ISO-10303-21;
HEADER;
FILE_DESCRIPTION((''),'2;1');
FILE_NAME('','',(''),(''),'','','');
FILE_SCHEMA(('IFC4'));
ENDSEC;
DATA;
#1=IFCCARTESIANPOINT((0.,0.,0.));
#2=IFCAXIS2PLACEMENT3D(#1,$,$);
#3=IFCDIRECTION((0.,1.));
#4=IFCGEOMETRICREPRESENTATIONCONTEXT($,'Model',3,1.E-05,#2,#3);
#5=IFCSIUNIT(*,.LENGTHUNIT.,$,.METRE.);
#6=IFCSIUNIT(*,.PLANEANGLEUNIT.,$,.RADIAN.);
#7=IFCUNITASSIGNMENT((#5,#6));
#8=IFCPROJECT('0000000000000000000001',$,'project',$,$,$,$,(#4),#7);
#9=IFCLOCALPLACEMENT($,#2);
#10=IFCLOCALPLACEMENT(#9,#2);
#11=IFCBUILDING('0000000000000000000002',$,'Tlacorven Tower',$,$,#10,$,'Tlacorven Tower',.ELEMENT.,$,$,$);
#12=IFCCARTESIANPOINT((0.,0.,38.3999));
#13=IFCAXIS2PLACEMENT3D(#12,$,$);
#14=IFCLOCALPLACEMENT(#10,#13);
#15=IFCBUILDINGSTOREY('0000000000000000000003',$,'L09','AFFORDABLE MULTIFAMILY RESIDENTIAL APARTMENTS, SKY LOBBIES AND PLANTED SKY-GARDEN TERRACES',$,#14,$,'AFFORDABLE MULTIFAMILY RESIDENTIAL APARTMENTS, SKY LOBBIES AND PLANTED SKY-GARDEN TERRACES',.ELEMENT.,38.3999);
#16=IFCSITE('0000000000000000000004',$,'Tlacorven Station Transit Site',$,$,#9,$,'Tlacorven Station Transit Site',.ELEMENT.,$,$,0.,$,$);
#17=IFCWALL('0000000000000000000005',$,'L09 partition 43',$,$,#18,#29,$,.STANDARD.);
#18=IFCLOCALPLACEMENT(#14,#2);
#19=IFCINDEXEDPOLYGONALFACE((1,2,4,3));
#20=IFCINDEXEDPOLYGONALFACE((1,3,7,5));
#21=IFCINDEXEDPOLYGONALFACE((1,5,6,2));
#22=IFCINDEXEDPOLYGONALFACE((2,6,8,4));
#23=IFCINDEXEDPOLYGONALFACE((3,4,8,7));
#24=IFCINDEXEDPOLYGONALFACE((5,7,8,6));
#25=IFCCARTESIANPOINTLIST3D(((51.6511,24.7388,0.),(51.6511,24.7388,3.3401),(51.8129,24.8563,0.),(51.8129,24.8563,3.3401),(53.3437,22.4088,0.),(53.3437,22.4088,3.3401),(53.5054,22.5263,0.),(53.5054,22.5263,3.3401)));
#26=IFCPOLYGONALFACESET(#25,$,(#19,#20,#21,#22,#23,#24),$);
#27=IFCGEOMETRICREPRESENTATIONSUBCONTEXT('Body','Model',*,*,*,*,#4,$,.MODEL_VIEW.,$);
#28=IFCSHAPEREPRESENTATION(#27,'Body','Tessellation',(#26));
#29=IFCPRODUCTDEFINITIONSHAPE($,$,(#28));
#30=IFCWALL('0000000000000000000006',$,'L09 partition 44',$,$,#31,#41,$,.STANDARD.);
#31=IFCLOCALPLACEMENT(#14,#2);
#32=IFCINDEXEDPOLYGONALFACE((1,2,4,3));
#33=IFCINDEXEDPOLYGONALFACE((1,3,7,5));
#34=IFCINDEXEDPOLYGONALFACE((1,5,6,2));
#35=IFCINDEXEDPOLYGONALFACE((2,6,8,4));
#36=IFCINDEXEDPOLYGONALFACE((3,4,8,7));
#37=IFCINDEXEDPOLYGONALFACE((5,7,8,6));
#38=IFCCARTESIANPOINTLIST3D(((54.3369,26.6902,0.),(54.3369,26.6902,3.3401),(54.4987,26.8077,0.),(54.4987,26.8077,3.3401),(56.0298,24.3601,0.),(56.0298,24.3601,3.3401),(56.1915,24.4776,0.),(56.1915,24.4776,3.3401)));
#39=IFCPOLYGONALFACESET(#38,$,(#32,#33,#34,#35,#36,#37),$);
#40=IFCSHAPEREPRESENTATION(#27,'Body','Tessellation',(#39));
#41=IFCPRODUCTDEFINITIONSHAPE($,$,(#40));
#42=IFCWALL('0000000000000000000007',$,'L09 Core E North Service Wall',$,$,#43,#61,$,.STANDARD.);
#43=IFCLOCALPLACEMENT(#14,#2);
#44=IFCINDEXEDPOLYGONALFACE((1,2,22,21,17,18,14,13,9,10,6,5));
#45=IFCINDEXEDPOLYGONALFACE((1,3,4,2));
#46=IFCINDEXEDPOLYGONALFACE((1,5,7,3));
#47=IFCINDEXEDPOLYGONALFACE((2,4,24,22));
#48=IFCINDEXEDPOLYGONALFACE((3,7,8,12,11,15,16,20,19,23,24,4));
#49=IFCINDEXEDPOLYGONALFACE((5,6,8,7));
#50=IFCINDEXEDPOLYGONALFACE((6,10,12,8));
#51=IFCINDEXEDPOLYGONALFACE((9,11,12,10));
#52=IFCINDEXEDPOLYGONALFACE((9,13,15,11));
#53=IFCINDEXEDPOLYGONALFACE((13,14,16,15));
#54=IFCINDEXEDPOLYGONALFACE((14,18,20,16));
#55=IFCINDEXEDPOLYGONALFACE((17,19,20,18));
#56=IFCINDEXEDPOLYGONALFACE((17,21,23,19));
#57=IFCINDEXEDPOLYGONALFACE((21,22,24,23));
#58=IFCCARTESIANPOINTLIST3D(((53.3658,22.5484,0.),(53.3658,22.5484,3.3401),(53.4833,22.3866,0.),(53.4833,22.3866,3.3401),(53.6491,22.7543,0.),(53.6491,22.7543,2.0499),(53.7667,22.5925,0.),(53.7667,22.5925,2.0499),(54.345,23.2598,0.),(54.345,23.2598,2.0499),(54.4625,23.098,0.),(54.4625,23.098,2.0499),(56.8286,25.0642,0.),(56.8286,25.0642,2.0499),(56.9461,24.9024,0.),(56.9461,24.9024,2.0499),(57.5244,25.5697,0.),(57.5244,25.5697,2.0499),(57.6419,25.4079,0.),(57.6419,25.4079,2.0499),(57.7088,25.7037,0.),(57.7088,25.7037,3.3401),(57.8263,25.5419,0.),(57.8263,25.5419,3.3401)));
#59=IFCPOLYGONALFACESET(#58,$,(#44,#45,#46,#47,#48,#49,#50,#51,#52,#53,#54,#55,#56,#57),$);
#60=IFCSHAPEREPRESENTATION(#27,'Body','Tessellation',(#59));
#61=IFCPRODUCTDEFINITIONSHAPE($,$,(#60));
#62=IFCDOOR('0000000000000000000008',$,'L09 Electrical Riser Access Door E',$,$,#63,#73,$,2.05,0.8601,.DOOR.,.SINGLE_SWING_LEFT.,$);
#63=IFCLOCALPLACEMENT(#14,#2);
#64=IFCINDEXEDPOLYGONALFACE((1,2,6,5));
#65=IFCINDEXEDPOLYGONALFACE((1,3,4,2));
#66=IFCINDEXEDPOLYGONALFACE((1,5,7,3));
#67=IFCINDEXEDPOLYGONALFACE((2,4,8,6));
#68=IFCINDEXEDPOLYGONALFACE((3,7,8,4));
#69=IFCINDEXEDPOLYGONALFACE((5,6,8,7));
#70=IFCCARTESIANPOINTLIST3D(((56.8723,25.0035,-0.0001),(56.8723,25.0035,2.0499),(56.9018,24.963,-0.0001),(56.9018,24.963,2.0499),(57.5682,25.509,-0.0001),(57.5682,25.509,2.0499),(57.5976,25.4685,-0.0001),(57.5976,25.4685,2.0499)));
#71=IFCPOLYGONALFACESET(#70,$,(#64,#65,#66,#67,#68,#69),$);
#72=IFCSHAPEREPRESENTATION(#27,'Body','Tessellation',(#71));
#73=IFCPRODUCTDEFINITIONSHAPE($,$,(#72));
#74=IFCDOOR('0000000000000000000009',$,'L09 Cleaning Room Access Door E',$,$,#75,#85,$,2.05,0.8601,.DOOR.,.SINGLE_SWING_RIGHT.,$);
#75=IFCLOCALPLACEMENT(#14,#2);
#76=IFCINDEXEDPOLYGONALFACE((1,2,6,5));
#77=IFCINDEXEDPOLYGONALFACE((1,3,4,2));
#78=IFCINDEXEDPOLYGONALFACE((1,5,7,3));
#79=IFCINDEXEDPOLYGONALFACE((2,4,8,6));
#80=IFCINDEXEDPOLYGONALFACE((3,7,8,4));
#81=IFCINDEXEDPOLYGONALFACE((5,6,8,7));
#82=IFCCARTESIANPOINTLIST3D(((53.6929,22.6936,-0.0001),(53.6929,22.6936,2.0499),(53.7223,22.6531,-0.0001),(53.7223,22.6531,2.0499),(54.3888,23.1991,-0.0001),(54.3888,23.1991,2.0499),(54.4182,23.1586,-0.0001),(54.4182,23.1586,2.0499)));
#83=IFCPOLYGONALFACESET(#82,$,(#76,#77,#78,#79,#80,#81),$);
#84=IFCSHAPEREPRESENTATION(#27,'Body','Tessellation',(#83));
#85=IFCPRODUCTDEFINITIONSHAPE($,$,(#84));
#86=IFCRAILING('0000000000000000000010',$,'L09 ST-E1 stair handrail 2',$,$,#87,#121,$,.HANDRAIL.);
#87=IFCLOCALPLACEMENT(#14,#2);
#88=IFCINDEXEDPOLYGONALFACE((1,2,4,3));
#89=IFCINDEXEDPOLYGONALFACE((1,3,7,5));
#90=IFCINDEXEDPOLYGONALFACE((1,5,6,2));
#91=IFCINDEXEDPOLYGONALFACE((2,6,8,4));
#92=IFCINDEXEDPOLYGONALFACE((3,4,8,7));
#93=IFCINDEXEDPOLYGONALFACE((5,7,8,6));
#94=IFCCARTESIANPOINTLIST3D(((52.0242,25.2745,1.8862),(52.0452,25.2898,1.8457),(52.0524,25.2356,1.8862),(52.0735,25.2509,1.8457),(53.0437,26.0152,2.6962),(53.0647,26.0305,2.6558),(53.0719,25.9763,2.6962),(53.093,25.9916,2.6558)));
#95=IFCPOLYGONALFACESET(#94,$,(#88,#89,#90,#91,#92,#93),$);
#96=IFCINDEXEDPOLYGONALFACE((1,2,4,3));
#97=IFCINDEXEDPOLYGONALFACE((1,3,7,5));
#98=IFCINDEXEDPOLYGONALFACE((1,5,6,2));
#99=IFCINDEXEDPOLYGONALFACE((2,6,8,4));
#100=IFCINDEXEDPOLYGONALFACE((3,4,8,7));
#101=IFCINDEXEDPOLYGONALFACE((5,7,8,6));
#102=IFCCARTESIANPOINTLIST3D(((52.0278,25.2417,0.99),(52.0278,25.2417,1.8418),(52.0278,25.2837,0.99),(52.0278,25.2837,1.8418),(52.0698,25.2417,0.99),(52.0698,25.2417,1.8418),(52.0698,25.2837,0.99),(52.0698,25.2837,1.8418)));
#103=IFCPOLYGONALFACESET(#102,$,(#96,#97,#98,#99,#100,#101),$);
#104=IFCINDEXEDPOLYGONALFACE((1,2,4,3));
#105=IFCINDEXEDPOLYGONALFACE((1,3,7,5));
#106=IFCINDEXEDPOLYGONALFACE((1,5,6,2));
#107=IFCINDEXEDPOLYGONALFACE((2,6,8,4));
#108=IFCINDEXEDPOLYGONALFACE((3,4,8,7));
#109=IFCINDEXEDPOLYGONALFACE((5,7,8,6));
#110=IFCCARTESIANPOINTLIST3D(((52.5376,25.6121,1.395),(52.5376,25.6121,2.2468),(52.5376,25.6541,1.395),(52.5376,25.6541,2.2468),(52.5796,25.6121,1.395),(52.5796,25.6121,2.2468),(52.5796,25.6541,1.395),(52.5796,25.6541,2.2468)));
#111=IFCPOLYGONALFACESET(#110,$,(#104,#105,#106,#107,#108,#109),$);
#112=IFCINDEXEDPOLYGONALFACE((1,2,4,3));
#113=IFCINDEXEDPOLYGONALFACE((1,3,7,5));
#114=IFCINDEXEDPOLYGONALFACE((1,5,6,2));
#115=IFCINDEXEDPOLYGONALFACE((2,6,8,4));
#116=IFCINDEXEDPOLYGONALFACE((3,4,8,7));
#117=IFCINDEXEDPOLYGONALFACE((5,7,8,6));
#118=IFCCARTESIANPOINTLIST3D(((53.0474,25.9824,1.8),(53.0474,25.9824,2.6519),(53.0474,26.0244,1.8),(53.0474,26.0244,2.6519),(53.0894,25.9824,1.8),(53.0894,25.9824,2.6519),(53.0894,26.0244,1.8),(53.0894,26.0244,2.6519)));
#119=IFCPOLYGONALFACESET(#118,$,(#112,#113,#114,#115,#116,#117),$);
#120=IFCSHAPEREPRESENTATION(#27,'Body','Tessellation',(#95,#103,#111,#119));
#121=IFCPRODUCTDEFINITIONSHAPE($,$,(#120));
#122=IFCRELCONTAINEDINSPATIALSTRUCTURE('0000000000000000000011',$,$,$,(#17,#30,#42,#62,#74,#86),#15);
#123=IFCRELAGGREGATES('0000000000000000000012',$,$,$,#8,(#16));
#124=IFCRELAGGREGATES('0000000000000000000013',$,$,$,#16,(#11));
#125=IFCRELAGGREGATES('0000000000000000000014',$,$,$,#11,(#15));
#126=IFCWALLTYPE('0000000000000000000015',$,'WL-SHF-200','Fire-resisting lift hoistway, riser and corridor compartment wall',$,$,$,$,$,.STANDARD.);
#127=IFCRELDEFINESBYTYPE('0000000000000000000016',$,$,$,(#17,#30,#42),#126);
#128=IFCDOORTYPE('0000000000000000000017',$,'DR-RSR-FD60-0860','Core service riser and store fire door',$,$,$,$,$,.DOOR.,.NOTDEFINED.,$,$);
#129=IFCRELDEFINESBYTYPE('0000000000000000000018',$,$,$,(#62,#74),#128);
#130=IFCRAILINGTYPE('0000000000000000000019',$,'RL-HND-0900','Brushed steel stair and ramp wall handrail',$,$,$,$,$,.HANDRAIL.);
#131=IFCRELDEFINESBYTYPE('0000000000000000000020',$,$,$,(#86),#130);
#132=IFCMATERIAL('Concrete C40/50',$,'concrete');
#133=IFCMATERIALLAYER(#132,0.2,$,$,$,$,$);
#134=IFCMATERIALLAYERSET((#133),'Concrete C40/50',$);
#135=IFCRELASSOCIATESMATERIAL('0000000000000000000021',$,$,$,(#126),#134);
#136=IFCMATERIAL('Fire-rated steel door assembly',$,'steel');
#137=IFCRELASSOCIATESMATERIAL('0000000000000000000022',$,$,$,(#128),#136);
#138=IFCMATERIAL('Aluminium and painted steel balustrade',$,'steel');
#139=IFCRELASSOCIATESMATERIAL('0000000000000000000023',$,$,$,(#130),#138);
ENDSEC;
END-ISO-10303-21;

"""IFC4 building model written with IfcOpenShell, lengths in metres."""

from ifc_helpers import new_model, si_unit, direction, frame, frame_2d, origin, origin_2d, place, context, subcontext, project, spatial, rectangle, extrude, source, transform, mapped, material, layer, layer_set, type_object, element, fill, save


model = new_model("IFC4")

# Units and contexts
model_context = context("Model", 3, precision=1e-05, world=origin(), true_north=direction((0.0, 1.0)))
body_context = subcontext(model_context, "Body", "Model", "MODEL_VIEW")
ifc_project = project(units=[si_unit("LENGTHUNIT", "METRE"), si_unit("PLANEANGLEUNIT", "RADIAN")], contexts=[model_context])

# Site, building, storey
site_placement = place(None, origin())
site = spatial("IfcSite", under=ifc_project, at=site_placement, Name="Tlacorven Station Transit Site", LongName="Tlacorven Station Transit Site", CompositionType="ELEMENT", RefElevation=0.0)
building_placement = place(site_placement, origin())
building = spatial("IfcBuilding", under=site, at=building_placement, Name="Tlacorven Tower", LongName="Tlacorven Tower", CompositionType="ELEMENT")
storey_placement = place(building_placement, frame((0.0, 0.0, 38.3999)))
storey = spatial("IfcBuildingStorey", under=building, at=storey_placement, Name="L09", Description="AFFORDABLE MULTIFAMILY RESIDENTIAL APARTMENTS, SKY LOBBIES AND PLANTED SKY-GARDEN TERRACES", LongName="AFFORDABLE MULTIFAMILY RESIDENTIAL APARTMENTS, SKY LOBBIES AND PLANTED SKY-GARDEN TERRACES", CompositionType="ELEMENT", Elevation=38.3999)

# Shared definitions
ifc_material_1 = material(Name="Concrete C40/50", Category="concrete")
ifc_layer_1 = layer(ifc_material_1, 0.2)
ifc_layer_set_1 = layer_set([ifc_layer_1], Name="Concrete C40/50")
wall_type_1 = type_object("IfcWallType", Name="WL-SHF-200", Description="Fire-resisting lift hoistway, riser and corridor compartment wall", PredefinedType="STANDARD", material=ifc_layer_set_1)
ifc_material_2 = material(Name="Fire-rated steel door assembly", Category="steel")
door_type_1 = type_object("IfcDoorType", Name="DR-RSR-FD60-0860", Description="Core service riser and store fire door", OperationType="NOTDEFINED", PredefinedType="DOOR", material=ifc_material_2)
shared_shape_1 = source(origin(), body_context, "Body", "SweptSolid", [
    extrude(rectangle(XDim=0.8601, YDim=2.05, at=frame_2d((0.4302, 1.0249))), frame((0.0, 0.0249, 0.0), z_axis=(0.0, -1.0, 0.0), x_axis=(1.0, 0.0, 0.0)), (0.0, 0.0, 1.0), 0.05),
])

# Walls
wall_1_placement = place(storey_placement, frame((53.4246, 22.4675, 0.0), z_axis=(0.0, 0.0, 1.0), x_axis=(-0.587723, 0.809062, 0.0)))
element("IfcWall", 1, at=wall_1_placement, inside=storey, type_object=wall_type_1, Name="L09 partition 43", PredefinedType="STANDARD", context=body_context, shape_type="SweptSolid", body=[
    extrude(rectangle(XDim=2.8799, YDim=0.2, at=frame_2d((1.4399, 0.0))), origin(), (0.0, 0.0, 1.0), 3.3401),
])
wall_2_placement = place(storey_placement, frame((56.1106, 24.4189, 0.0), z_axis=(0.0, 0.0, 1.0), x_axis=(-0.587778, 0.809022, 0.0)))
element("IfcWall", 2, at=wall_2_placement, inside=storey, type_object=wall_type_1, Name="L09 partition 44", PredefinedType="STANDARD", context=body_context, shape_type="SweptSolid", body=[
    extrude(rectangle(XDim=2.8801, YDim=0.2, at=frame_2d((1.4399, 0.0))), origin(), (0.0, 0.0, 1.0), 3.3401),
])

# Wall, openings, doors
wall_3_placement = place(storey_placement, frame((53.4246, 22.4675, 0.0), z_axis=(0.0, 0.0, 1.0), x_axis=(0.809027, 0.587771, 0.0)))
wall_3 = element("IfcWall", 3, at=wall_3_placement, inside=storey, type_object=wall_type_1, Name="L09 Core E North Service Wall", PredefinedType="STANDARD", context=body_context, shape_type="SweptSolid", body=[
    extrude(rectangle(XDim=5.3682, YDim=0.2, at=frame_2d((2.6841, 0.0))), origin(), (0.0, 0.0, 1.0), 3.3401),
])
opening_1_placement = place(wall_3_placement, frame((4.28, 0.0, 0.0)))
opening_1 = element("IfcOpeningElement", 4, at=opening_1_placement, cuts=wall_3, PredefinedType="OPENING", context=body_context, shape_type="SweptSolid", body=[
    extrude(rectangle(XDim=0.8601, YDim=2.05, at=frame_2d((0.4302, 1.0249))), frame((0.0, 0.1099, 0.0), z_axis=(0.0, -1.0, 0.0), x_axis=(1.0, 0.0, 0.0)), (0.0, 0.0, 1.0), 0.22),
])
opening_2_placement = place(wall_3_placement, frame((0.3501, 0.0, 0.0)))
opening_2 = element("IfcOpeningElement", 5, at=opening_2_placement, cuts=wall_3, PredefinedType="OPENING", context=body_context, shape_type="SweptSolid", body=[
    extrude(rectangle(XDim=0.8601, YDim=2.05, at=frame_2d((0.4302, 1.0249))), frame((0.0, 0.1099, 0.0), z_axis=(0.0, -1.0, 0.0), x_axis=(1.0, 0.0, 0.0)), (0.0, 0.0, 1.0), 0.22),
])
door_1_placement = place(opening_1_placement, frame((0.8601, 0.0, 0.0), z_axis=(0.0, 0.0, 1.0), x_axis=(-1.0, 0.0, 0.0)))
door_1 = element("IfcDoor", 6, at=door_1_placement, inside=storey, type_object=door_type_1, Name="L09 Electrical Riser Access Door E", OperationType="SINGLE_SWING_LEFT", OverallHeight=2.05, OverallWidth=0.8601, PredefinedType="DOOR", context=body_context, shape_type="MappedRepresentation", body=[
    mapped(shared_shape_1, transform((0.0, 0.0, 0.0), scale=1.0)),
])
fill(opening_1, door_1)
door_2_placement = place(opening_2_placement, frame((0.8601, 0.0, 0.0), z_axis=(0.0, 0.0, 1.0), x_axis=(-1.0, 0.0, 0.0)))
door_2 = element("IfcDoor", 7, at=door_2_placement, inside=storey, type_object=door_type_1, Name="L09 Cleaning Room Access Door E", OperationType="SINGLE_SWING_RIGHT", OverallHeight=2.05, OverallWidth=0.8601, PredefinedType="DOOR", context=body_context, shape_type="MappedRepresentation", body=[
    mapped(shared_shape_1, transform((0.0, 0.0, 0.0), scale=1.0)),
])
fill(opening_2, door_2)

# Railing
ifc_material_3 = material(Name="Aluminium and painted steel balustrade", Category="steel")
railing_type = type_object("IfcRailingType", Name="RL-HND-0900", Description="Brushed steel stair and ramp wall handrail", PredefinedType="HANDRAIL", material=ifc_material_3)
shared_shape_2 = source(origin(), body_context, "Body", "SweptSolid", [
    extrude(rectangle(XDim=0.0481, YDim=0.0481, at=origin_2d()), frame((0.0, 0.0, 0.876), z_axis=(0.680549, 0.494441, 0.540723), x_axis=(-0.58778, 0.809021, 0.0)), (0.0, 0.0, 1.0), 1.498),
    extrude(rectangle(XDim=0.042, YDim=0.042, at=origin_2d()), origin(), (0.0, 0.0, 1.0), 0.8518),
    extrude(rectangle(XDim=0.042, YDim=0.042, at=origin_2d()), frame((0.5098, 0.3704, 0.405)), (0.0, 0.0, 1.0), 0.8518),
    extrude(rectangle(XDim=0.042, YDim=0.042, at=origin_2d()), frame((1.0195, 0.7407, 0.8101)), (0.0, 0.0, 1.0), 0.8518),
])
railing_placement = place(storey_placement, frame((52.0488, 25.2627, 0.99)))
element("IfcRailing", 8, at=railing_placement, inside=storey, type_object=railing_type, Name="L09 ST-E1 stair handrail 2", PredefinedType="HANDRAIL", context=body_context, shape_type="MappedRepresentation", body=[
    mapped(shared_shape_2, transform((0.0, 0.0, 0.0), scale=1.0)),
])

save(model, "model.ifc")
